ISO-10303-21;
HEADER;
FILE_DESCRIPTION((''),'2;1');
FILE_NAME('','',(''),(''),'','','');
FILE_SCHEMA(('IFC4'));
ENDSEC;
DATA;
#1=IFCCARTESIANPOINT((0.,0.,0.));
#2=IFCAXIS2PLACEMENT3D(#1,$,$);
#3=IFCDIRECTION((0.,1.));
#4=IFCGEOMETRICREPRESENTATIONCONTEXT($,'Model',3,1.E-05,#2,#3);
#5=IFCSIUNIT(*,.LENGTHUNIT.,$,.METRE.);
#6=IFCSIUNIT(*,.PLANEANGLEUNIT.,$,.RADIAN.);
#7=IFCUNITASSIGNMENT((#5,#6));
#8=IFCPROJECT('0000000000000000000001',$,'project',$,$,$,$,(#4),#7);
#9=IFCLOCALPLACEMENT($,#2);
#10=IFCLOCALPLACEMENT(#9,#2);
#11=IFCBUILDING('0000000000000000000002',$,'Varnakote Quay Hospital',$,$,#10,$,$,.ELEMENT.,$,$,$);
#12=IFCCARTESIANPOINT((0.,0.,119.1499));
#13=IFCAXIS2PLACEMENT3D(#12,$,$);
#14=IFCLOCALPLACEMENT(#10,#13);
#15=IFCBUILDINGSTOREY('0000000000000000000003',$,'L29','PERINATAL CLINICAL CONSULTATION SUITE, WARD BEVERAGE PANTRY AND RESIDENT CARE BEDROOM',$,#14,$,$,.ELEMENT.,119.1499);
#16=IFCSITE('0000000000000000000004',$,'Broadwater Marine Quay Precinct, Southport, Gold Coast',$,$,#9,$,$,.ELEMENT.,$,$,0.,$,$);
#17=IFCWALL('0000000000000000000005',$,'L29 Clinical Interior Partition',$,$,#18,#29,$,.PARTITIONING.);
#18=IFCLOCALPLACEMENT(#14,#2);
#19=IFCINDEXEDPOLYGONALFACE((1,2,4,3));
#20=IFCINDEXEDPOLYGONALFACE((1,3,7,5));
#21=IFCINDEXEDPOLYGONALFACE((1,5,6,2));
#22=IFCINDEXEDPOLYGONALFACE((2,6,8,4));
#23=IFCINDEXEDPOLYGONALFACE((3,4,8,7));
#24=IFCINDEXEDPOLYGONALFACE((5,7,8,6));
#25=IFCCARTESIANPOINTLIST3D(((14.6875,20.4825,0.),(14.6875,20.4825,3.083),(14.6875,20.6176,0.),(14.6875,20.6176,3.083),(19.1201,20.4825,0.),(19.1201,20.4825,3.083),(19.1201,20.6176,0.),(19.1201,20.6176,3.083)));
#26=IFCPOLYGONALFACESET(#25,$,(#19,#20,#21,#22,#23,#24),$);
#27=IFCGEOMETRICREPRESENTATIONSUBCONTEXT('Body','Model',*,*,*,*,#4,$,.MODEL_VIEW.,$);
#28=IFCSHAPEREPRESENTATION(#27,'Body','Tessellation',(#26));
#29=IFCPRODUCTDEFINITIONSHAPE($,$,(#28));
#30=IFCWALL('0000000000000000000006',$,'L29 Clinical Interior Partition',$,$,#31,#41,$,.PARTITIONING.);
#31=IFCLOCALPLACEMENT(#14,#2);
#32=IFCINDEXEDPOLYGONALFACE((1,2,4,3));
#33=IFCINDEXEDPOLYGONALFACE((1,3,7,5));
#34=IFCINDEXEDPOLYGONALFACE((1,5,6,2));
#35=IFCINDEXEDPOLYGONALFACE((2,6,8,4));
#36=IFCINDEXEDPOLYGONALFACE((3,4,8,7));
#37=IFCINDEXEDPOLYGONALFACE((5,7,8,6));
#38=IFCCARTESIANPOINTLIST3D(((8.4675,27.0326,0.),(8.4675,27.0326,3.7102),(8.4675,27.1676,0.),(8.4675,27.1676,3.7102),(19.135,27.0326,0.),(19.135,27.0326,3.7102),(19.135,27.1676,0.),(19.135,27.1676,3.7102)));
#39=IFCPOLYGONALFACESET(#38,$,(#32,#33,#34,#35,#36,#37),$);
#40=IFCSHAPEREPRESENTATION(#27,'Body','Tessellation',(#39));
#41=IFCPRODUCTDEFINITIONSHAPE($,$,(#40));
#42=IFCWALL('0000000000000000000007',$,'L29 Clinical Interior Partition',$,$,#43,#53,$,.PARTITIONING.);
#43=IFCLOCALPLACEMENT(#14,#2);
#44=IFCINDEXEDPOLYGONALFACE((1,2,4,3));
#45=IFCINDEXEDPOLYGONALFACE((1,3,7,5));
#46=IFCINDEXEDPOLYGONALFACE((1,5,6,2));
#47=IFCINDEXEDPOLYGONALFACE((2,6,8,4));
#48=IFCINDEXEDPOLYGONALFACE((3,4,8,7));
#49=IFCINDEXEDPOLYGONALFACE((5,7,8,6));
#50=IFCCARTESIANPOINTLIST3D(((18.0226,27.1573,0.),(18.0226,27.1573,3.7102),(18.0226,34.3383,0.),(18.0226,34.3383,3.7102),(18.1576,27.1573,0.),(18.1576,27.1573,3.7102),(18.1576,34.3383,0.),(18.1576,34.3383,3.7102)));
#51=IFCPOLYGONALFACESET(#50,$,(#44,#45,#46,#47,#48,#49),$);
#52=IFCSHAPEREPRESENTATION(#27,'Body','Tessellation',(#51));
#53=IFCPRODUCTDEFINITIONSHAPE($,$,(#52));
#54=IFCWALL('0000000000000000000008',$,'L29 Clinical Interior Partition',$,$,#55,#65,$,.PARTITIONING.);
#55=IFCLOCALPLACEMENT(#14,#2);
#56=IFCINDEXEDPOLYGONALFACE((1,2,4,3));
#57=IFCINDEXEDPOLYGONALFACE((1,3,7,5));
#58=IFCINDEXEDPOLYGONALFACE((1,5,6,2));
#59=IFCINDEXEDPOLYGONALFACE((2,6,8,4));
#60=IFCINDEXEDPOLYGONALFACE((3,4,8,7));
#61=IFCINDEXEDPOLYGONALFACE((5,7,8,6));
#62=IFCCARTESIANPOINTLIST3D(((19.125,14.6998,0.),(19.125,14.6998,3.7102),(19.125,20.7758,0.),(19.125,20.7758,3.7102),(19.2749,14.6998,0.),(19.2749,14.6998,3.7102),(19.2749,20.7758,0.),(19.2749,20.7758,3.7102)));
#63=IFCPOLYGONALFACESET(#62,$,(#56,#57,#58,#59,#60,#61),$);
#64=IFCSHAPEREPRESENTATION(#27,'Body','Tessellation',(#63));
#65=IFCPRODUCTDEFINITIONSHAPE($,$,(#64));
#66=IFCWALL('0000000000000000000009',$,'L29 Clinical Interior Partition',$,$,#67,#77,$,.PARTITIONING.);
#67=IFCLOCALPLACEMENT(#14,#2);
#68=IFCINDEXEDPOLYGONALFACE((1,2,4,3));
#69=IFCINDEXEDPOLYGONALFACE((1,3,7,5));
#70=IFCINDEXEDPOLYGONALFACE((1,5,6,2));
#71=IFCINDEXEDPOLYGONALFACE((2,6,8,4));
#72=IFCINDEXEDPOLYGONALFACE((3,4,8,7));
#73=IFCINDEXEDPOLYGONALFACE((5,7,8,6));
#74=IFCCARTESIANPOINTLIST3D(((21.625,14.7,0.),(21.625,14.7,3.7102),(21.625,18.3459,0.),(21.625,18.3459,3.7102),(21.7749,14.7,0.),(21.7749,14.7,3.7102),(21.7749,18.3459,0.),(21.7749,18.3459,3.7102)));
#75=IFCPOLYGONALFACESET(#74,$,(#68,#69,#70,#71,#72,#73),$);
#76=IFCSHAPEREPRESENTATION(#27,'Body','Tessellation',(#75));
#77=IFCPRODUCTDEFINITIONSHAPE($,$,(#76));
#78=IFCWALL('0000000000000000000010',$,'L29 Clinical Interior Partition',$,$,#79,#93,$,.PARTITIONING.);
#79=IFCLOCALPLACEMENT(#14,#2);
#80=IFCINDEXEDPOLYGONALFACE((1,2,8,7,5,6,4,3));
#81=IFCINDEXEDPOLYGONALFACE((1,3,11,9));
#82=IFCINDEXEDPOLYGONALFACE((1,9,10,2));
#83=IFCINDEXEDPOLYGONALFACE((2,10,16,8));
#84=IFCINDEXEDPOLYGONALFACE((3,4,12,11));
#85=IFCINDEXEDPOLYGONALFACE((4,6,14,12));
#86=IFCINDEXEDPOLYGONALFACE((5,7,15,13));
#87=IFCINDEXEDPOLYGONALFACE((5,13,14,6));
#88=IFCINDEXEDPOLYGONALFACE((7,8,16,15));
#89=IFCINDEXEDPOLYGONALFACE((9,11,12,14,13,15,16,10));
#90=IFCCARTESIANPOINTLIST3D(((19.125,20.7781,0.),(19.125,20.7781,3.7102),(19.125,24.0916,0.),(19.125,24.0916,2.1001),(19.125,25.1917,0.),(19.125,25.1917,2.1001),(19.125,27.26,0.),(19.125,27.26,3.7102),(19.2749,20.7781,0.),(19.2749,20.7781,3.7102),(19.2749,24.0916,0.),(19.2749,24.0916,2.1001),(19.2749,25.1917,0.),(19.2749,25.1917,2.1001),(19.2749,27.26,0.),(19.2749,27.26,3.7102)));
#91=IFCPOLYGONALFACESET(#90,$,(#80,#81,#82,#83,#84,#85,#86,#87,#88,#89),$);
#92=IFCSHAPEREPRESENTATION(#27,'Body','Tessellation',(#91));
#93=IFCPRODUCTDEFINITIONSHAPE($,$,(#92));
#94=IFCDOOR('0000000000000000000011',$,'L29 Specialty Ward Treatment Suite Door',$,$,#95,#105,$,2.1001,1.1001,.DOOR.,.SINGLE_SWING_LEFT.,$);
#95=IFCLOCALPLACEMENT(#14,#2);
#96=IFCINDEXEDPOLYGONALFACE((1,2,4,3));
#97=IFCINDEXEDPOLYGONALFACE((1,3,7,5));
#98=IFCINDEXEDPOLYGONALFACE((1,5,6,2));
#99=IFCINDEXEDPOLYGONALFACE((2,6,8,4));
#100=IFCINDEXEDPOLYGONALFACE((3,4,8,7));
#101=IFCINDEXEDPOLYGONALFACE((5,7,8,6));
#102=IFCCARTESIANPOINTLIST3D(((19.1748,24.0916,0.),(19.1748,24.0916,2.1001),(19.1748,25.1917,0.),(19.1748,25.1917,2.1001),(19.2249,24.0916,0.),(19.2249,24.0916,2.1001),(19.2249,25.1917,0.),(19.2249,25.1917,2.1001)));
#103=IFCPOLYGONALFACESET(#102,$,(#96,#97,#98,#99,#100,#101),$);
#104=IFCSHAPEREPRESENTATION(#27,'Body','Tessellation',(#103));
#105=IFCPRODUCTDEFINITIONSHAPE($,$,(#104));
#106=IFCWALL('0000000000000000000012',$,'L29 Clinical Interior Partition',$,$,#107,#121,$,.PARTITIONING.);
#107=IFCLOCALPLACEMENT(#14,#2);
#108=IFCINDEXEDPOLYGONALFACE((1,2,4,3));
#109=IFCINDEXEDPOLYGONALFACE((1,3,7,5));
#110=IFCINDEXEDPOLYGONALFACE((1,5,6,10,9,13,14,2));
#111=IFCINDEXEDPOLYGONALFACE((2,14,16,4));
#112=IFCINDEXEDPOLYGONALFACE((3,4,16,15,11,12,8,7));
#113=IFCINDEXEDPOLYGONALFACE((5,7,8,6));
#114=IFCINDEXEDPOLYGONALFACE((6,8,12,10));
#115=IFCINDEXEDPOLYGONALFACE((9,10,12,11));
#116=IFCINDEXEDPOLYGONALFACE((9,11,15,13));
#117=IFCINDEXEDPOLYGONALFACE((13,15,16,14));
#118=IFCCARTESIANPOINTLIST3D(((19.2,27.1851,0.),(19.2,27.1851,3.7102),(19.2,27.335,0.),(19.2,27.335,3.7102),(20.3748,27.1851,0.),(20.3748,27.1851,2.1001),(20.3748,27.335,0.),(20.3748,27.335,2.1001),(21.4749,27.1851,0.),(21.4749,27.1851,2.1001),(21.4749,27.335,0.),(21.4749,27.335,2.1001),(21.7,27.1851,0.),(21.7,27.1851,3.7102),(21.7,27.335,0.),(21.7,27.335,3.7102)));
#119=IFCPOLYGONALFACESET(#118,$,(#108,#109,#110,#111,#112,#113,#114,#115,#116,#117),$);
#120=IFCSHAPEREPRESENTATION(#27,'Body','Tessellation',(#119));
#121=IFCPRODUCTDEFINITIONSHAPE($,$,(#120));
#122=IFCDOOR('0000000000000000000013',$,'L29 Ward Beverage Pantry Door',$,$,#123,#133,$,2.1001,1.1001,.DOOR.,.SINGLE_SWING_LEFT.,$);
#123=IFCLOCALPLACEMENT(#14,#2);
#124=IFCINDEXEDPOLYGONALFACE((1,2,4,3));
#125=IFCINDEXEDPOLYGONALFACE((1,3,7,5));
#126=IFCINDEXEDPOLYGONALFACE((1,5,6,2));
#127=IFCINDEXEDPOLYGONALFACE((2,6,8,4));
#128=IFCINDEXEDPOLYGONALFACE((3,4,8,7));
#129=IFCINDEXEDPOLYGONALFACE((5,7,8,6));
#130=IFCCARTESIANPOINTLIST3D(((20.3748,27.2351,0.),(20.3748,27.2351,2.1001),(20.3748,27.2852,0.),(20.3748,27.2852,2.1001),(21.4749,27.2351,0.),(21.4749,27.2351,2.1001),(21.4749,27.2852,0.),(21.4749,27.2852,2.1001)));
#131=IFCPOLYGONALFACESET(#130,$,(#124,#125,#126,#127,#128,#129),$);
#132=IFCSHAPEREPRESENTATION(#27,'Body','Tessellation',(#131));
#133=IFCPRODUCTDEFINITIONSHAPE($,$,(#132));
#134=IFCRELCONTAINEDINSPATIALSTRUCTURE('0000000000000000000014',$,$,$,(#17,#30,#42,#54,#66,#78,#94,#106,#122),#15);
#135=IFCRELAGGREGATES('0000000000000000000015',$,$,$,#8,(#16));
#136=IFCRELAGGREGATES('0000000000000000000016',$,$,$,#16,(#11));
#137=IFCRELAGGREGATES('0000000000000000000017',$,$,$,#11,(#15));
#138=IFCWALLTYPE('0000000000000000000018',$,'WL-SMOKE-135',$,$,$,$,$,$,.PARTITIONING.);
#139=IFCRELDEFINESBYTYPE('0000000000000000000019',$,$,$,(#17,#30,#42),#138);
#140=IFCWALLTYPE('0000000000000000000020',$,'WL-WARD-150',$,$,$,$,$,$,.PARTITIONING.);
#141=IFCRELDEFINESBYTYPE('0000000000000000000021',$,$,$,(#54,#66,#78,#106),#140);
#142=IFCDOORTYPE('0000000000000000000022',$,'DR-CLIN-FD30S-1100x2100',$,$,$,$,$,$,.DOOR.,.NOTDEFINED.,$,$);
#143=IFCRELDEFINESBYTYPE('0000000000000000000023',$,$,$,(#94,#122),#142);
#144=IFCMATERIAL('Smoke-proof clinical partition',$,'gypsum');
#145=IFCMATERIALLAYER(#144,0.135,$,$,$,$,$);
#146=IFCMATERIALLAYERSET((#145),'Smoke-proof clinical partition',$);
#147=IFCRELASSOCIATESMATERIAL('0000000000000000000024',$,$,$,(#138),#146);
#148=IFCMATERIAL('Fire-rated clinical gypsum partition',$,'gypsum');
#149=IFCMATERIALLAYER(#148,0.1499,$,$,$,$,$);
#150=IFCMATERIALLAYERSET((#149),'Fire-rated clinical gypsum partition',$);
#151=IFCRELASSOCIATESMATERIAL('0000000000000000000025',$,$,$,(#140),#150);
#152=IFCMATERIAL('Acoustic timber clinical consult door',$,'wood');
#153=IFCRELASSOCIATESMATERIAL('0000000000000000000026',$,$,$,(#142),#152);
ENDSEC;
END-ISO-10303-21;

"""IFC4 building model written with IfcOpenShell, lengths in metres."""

from ifc_helpers import new_model, si_unit, direction, frame, frame_2d, origin, place, context, subcontext, project, spatial, rectangle, extrude, material, layer, layer_set, type_object, element, fill, save


model = new_model("IFC4")

# Units and contexts
model_context = context("Model", 3, precision=1e-05, world=origin(), true_north=direction((0.0, 1.0)))
body_context = subcontext(model_context, "Body", "Model", "MODEL_VIEW")
ifc_project = project(units=[si_unit("LENGTHUNIT", "METRE"), si_unit("PLANEANGLEUNIT", "RADIAN")], contexts=[model_context])

# Site, building, storey
site_placement = place(None, origin())
site = spatial("IfcSite", under=ifc_project, at=site_placement, Name="Broadwater Marine Quay Precinct, Southport, Gold Coast", CompositionType="ELEMENT", RefElevation=0.0)
building_placement = place(site_placement, origin())
building = spatial("IfcBuilding", under=site, at=building_placement, Name="Varnakote Quay Hospital", CompositionType="ELEMENT")
storey_placement = place(building_placement, frame((0.0, 0.0, 119.1499)))
storey = spatial("IfcBuildingStorey", under=building, at=storey_placement, Name="L29", Description="PERINATAL CLINICAL CONSULTATION SUITE, WARD BEVERAGE PANTRY AND RESIDENT CARE BEDROOM", CompositionType="ELEMENT", Elevation=119.1499)

# Walls
ifc_material_1 = material(Name="Smoke-proof clinical partition", Category="gypsum")
ifc_layer_1 = layer(ifc_material_1, 0.135)
ifc_layer_set_1 = layer_set([ifc_layer_1], Name="Smoke-proof clinical partition")
wall_type_1 = type_object("IfcWallType", Name="WL-SMOKE-135", PredefinedType="PARTITIONING", material=ifc_layer_set_1)
wall_1_placement = place(storey_placement, frame((19.1201, 20.55, 0.0), z_axis=(0.0, 0.0, 1.0), x_axis=(-1.0, 0.0, 0.0)))
element("IfcWall", 1, at=wall_1_placement, inside=storey, type_object=wall_type_1, Name="L29 Clinical Interior Partition", PredefinedType="PARTITIONING", context=body_context, shape_type="SweptSolid", body=[
    extrude(rectangle(XDim=4.4326, YDim=0.135, at=frame_2d((2.2163, 0.0))), origin(), (0.0, 0.0, 1.0), 3.083),
])
wall_2_placement = place(storey_placement, frame((19.135, 27.1001, 0.0), z_axis=(0.0, 0.0, 1.0), x_axis=(-1.0, 0.0, 0.0)))
element("IfcWall", 2, at=wall_2_placement, inside=storey, type_object=wall_type_1, Name="L29 Clinical Interior Partition", PredefinedType="PARTITIONING", context=body_context, shape_type="SweptSolid", body=[
    extrude(rectangle(XDim=10.6675, YDim=0.135, at=frame_2d((5.3337, 0.0))), origin(), (0.0, 0.0, 1.0), 3.7102),
])
wall_3_placement = place(storey_placement, frame((18.0901, 27.1575, 0.0), z_axis=(0.0, 0.0, 1.0), x_axis=(0.0, 1.0, 0.0)))
element("IfcWall", 3, at=wall_3_placement, inside=storey, type_object=wall_type_1, Name="L29 Clinical Interior Partition", PredefinedType="PARTITIONING", context=body_context, shape_type="SweptSolid", body=[
    extrude(rectangle(XDim=7.1809, YDim=0.135, at=frame_2d((3.5903, 0.0))), origin(), (0.0, 0.0, 1.0), 3.7102),
])

# Shared definitions
ifc_material_2 = material(Name="Fire-rated clinical gypsum partition", Category="gypsum")
ifc_layer_2 = layer(ifc_material_2, 0.1499)
ifc_layer_set_2 = layer_set([ifc_layer_2], Name="Fire-rated clinical gypsum partition")
wall_type_2 = type_object("IfcWallType", Name="WL-WARD-150", PredefinedType="PARTITIONING", material=ifc_layer_set_2)

# Walls
wall_4_placement = place(storey_placement, frame((19.2, 20.7759, 0.0), z_axis=(0.0, 0.0, 1.0), x_axis=(0.0, -1.0, 0.0)))
element("IfcWall", 4, at=wall_4_placement, inside=storey, type_object=wall_type_2, Name="L29 Clinical Interior Partition", PredefinedType="PARTITIONING", context=body_context, shape_type="SweptSolid", body=[
    extrude(rectangle(XDim=6.0759, YDim=0.1499, at=frame_2d((3.0381, 0.0))), origin(), (0.0, 0.0, 1.0), 3.7102),
])
wall_5_placement = place(storey_placement, frame((21.7, 14.7, 0.0), z_axis=(0.0, 0.0, 1.0), x_axis=(0.0, 1.0, 0.0)))
element("IfcWall", 5, at=wall_5_placement, inside=storey, type_object=wall_type_2, Name="L29 Clinical Interior Partition", PredefinedType="PARTITIONING", context=body_context, shape_type="SweptSolid", body=[
    extrude(rectangle(XDim=3.646, YDim=0.1499, at=frame_2d((1.823, 0.0))), origin(), (0.0, 0.0, 1.0), 3.7102),
])

# Walls, openings, doors
wall_6_placement = place(storey_placement, frame((19.2, 27.26, 0.0), z_axis=(0.0, 0.0, 1.0), x_axis=(0.0, -1.0, 0.0)))
wall_6 = element("IfcWall", 6, at=wall_6_placement, inside=storey, type_object=wall_type_2, Name="L29 Clinical Interior Partition", PredefinedType="PARTITIONING", context=body_context, shape_type="SweptSolid", body=[
    extrude(rectangle(XDim=6.4819, YDim=0.1499, at=frame_2d((3.241, 0.0))), origin(), (0.0, 0.0, 1.0), 3.7102),
])
opening_1_placement = place(wall_6_placement, frame((2.0684, 0.0, 0.0)))
opening_1 = element("IfcOpeningElement", 7, at=opening_1_placement, cuts=wall_6, PredefinedType="OPENING", context=body_context, shape_type="SweptSolid", body=[
    extrude(rectangle(XDim=1.1001, YDim=2.1001, at=frame_2d((0.55, 1.05))), frame((0.0, 0.085, 0.0), z_axis=(0.0, -1.0, 0.0), x_axis=(1.0, 0.0, 0.0)), (0.0, 0.0, 1.0), 0.1699),
])
ifc_material_3 = material(Name="Acoustic timber clinical consult door", Category="wood")
door_type_1 = type_object("IfcDoorType", Name="DR-CLIN-FD30S-1100x2100", OperationType="NOTDEFINED", PredefinedType="DOOR", material=ifc_material_3)
door_1_placement = place(opening_1_placement, origin())
door_1 = element("IfcDoor", 8, at=door_1_placement, inside=storey, type_object=door_type_1, Name="L29 Specialty Ward Treatment Suite Door", OperationType="SINGLE_SWING_LEFT", OverallHeight=2.1001, OverallWidth=1.1001, PredefinedType="DOOR", context=body_context, shape_type="SweptSolid", body=[
    extrude(rectangle(XDim=1.1001, YDim=2.1001, at=frame_2d((0.55, 1.05))), frame((0.0, 0.0249, 0.0), z_axis=(0.0, -1.0, 0.0), x_axis=(1.0, 0.0, 0.0)), (0.0, 0.0, 1.0), 0.05),
])
fill(opening_1, door_1)
wall_7_placement = place(storey_placement, frame((21.7, 27.26, 0.0), z_axis=(0.0, 0.0, 1.0), x_axis=(-1.0, 0.0, 0.0)))
wall_7 = element("IfcWall", 9, at=wall_7_placement, inside=storey, type_object=wall_type_2, Name="L29 Clinical Interior Partition", PredefinedType="PARTITIONING", context=body_context, shape_type="SweptSolid", body=[
    extrude(rectangle(XDim=2.5, YDim=0.1499, at=frame_2d((1.25, 0.0))), origin(), (0.0, 0.0, 1.0), 3.7102),
])
opening_2_placement = place(wall_7_placement, frame((0.2251, 0.0, 0.0)))
opening_2 = element("IfcOpeningElement", 10, at=opening_2_placement, cuts=wall_7, PredefinedType="OPENING", context=body_context, shape_type="SweptSolid", body=[
    extrude(rectangle(XDim=1.1001, YDim=2.1001, at=frame_2d((0.55, 1.05))), frame((0.0, 0.085, 0.0), z_axis=(0.0, -1.0, 0.0), x_axis=(1.0, 0.0, 0.0)), (0.0, 0.0, 1.0), 0.1699),
])
door_2_placement = place(opening_2_placement, origin())
door_2 = element("IfcDoor", 11, at=door_2_placement, inside=storey, type_object=door_type_1, Name="L29 Ward Beverage Pantry Door", OperationType="SINGLE_SWING_LEFT", OverallHeight=2.1001, OverallWidth=1.1001, PredefinedType="DOOR", context=body_context, shape_type="SweptSolid", body=[
    extrude(rectangle(XDim=1.1001, YDim=2.1001, at=frame_2d((0.55, 1.05))), frame((0.0, 0.0249, 0.0), z_axis=(0.0, -1.0, 0.0), x_axis=(1.0, 0.0, 0.0)), (0.0, 0.0, 1.0), 0.05),
])
fill(opening_2, door_2)

save(model, "model.ifc")
